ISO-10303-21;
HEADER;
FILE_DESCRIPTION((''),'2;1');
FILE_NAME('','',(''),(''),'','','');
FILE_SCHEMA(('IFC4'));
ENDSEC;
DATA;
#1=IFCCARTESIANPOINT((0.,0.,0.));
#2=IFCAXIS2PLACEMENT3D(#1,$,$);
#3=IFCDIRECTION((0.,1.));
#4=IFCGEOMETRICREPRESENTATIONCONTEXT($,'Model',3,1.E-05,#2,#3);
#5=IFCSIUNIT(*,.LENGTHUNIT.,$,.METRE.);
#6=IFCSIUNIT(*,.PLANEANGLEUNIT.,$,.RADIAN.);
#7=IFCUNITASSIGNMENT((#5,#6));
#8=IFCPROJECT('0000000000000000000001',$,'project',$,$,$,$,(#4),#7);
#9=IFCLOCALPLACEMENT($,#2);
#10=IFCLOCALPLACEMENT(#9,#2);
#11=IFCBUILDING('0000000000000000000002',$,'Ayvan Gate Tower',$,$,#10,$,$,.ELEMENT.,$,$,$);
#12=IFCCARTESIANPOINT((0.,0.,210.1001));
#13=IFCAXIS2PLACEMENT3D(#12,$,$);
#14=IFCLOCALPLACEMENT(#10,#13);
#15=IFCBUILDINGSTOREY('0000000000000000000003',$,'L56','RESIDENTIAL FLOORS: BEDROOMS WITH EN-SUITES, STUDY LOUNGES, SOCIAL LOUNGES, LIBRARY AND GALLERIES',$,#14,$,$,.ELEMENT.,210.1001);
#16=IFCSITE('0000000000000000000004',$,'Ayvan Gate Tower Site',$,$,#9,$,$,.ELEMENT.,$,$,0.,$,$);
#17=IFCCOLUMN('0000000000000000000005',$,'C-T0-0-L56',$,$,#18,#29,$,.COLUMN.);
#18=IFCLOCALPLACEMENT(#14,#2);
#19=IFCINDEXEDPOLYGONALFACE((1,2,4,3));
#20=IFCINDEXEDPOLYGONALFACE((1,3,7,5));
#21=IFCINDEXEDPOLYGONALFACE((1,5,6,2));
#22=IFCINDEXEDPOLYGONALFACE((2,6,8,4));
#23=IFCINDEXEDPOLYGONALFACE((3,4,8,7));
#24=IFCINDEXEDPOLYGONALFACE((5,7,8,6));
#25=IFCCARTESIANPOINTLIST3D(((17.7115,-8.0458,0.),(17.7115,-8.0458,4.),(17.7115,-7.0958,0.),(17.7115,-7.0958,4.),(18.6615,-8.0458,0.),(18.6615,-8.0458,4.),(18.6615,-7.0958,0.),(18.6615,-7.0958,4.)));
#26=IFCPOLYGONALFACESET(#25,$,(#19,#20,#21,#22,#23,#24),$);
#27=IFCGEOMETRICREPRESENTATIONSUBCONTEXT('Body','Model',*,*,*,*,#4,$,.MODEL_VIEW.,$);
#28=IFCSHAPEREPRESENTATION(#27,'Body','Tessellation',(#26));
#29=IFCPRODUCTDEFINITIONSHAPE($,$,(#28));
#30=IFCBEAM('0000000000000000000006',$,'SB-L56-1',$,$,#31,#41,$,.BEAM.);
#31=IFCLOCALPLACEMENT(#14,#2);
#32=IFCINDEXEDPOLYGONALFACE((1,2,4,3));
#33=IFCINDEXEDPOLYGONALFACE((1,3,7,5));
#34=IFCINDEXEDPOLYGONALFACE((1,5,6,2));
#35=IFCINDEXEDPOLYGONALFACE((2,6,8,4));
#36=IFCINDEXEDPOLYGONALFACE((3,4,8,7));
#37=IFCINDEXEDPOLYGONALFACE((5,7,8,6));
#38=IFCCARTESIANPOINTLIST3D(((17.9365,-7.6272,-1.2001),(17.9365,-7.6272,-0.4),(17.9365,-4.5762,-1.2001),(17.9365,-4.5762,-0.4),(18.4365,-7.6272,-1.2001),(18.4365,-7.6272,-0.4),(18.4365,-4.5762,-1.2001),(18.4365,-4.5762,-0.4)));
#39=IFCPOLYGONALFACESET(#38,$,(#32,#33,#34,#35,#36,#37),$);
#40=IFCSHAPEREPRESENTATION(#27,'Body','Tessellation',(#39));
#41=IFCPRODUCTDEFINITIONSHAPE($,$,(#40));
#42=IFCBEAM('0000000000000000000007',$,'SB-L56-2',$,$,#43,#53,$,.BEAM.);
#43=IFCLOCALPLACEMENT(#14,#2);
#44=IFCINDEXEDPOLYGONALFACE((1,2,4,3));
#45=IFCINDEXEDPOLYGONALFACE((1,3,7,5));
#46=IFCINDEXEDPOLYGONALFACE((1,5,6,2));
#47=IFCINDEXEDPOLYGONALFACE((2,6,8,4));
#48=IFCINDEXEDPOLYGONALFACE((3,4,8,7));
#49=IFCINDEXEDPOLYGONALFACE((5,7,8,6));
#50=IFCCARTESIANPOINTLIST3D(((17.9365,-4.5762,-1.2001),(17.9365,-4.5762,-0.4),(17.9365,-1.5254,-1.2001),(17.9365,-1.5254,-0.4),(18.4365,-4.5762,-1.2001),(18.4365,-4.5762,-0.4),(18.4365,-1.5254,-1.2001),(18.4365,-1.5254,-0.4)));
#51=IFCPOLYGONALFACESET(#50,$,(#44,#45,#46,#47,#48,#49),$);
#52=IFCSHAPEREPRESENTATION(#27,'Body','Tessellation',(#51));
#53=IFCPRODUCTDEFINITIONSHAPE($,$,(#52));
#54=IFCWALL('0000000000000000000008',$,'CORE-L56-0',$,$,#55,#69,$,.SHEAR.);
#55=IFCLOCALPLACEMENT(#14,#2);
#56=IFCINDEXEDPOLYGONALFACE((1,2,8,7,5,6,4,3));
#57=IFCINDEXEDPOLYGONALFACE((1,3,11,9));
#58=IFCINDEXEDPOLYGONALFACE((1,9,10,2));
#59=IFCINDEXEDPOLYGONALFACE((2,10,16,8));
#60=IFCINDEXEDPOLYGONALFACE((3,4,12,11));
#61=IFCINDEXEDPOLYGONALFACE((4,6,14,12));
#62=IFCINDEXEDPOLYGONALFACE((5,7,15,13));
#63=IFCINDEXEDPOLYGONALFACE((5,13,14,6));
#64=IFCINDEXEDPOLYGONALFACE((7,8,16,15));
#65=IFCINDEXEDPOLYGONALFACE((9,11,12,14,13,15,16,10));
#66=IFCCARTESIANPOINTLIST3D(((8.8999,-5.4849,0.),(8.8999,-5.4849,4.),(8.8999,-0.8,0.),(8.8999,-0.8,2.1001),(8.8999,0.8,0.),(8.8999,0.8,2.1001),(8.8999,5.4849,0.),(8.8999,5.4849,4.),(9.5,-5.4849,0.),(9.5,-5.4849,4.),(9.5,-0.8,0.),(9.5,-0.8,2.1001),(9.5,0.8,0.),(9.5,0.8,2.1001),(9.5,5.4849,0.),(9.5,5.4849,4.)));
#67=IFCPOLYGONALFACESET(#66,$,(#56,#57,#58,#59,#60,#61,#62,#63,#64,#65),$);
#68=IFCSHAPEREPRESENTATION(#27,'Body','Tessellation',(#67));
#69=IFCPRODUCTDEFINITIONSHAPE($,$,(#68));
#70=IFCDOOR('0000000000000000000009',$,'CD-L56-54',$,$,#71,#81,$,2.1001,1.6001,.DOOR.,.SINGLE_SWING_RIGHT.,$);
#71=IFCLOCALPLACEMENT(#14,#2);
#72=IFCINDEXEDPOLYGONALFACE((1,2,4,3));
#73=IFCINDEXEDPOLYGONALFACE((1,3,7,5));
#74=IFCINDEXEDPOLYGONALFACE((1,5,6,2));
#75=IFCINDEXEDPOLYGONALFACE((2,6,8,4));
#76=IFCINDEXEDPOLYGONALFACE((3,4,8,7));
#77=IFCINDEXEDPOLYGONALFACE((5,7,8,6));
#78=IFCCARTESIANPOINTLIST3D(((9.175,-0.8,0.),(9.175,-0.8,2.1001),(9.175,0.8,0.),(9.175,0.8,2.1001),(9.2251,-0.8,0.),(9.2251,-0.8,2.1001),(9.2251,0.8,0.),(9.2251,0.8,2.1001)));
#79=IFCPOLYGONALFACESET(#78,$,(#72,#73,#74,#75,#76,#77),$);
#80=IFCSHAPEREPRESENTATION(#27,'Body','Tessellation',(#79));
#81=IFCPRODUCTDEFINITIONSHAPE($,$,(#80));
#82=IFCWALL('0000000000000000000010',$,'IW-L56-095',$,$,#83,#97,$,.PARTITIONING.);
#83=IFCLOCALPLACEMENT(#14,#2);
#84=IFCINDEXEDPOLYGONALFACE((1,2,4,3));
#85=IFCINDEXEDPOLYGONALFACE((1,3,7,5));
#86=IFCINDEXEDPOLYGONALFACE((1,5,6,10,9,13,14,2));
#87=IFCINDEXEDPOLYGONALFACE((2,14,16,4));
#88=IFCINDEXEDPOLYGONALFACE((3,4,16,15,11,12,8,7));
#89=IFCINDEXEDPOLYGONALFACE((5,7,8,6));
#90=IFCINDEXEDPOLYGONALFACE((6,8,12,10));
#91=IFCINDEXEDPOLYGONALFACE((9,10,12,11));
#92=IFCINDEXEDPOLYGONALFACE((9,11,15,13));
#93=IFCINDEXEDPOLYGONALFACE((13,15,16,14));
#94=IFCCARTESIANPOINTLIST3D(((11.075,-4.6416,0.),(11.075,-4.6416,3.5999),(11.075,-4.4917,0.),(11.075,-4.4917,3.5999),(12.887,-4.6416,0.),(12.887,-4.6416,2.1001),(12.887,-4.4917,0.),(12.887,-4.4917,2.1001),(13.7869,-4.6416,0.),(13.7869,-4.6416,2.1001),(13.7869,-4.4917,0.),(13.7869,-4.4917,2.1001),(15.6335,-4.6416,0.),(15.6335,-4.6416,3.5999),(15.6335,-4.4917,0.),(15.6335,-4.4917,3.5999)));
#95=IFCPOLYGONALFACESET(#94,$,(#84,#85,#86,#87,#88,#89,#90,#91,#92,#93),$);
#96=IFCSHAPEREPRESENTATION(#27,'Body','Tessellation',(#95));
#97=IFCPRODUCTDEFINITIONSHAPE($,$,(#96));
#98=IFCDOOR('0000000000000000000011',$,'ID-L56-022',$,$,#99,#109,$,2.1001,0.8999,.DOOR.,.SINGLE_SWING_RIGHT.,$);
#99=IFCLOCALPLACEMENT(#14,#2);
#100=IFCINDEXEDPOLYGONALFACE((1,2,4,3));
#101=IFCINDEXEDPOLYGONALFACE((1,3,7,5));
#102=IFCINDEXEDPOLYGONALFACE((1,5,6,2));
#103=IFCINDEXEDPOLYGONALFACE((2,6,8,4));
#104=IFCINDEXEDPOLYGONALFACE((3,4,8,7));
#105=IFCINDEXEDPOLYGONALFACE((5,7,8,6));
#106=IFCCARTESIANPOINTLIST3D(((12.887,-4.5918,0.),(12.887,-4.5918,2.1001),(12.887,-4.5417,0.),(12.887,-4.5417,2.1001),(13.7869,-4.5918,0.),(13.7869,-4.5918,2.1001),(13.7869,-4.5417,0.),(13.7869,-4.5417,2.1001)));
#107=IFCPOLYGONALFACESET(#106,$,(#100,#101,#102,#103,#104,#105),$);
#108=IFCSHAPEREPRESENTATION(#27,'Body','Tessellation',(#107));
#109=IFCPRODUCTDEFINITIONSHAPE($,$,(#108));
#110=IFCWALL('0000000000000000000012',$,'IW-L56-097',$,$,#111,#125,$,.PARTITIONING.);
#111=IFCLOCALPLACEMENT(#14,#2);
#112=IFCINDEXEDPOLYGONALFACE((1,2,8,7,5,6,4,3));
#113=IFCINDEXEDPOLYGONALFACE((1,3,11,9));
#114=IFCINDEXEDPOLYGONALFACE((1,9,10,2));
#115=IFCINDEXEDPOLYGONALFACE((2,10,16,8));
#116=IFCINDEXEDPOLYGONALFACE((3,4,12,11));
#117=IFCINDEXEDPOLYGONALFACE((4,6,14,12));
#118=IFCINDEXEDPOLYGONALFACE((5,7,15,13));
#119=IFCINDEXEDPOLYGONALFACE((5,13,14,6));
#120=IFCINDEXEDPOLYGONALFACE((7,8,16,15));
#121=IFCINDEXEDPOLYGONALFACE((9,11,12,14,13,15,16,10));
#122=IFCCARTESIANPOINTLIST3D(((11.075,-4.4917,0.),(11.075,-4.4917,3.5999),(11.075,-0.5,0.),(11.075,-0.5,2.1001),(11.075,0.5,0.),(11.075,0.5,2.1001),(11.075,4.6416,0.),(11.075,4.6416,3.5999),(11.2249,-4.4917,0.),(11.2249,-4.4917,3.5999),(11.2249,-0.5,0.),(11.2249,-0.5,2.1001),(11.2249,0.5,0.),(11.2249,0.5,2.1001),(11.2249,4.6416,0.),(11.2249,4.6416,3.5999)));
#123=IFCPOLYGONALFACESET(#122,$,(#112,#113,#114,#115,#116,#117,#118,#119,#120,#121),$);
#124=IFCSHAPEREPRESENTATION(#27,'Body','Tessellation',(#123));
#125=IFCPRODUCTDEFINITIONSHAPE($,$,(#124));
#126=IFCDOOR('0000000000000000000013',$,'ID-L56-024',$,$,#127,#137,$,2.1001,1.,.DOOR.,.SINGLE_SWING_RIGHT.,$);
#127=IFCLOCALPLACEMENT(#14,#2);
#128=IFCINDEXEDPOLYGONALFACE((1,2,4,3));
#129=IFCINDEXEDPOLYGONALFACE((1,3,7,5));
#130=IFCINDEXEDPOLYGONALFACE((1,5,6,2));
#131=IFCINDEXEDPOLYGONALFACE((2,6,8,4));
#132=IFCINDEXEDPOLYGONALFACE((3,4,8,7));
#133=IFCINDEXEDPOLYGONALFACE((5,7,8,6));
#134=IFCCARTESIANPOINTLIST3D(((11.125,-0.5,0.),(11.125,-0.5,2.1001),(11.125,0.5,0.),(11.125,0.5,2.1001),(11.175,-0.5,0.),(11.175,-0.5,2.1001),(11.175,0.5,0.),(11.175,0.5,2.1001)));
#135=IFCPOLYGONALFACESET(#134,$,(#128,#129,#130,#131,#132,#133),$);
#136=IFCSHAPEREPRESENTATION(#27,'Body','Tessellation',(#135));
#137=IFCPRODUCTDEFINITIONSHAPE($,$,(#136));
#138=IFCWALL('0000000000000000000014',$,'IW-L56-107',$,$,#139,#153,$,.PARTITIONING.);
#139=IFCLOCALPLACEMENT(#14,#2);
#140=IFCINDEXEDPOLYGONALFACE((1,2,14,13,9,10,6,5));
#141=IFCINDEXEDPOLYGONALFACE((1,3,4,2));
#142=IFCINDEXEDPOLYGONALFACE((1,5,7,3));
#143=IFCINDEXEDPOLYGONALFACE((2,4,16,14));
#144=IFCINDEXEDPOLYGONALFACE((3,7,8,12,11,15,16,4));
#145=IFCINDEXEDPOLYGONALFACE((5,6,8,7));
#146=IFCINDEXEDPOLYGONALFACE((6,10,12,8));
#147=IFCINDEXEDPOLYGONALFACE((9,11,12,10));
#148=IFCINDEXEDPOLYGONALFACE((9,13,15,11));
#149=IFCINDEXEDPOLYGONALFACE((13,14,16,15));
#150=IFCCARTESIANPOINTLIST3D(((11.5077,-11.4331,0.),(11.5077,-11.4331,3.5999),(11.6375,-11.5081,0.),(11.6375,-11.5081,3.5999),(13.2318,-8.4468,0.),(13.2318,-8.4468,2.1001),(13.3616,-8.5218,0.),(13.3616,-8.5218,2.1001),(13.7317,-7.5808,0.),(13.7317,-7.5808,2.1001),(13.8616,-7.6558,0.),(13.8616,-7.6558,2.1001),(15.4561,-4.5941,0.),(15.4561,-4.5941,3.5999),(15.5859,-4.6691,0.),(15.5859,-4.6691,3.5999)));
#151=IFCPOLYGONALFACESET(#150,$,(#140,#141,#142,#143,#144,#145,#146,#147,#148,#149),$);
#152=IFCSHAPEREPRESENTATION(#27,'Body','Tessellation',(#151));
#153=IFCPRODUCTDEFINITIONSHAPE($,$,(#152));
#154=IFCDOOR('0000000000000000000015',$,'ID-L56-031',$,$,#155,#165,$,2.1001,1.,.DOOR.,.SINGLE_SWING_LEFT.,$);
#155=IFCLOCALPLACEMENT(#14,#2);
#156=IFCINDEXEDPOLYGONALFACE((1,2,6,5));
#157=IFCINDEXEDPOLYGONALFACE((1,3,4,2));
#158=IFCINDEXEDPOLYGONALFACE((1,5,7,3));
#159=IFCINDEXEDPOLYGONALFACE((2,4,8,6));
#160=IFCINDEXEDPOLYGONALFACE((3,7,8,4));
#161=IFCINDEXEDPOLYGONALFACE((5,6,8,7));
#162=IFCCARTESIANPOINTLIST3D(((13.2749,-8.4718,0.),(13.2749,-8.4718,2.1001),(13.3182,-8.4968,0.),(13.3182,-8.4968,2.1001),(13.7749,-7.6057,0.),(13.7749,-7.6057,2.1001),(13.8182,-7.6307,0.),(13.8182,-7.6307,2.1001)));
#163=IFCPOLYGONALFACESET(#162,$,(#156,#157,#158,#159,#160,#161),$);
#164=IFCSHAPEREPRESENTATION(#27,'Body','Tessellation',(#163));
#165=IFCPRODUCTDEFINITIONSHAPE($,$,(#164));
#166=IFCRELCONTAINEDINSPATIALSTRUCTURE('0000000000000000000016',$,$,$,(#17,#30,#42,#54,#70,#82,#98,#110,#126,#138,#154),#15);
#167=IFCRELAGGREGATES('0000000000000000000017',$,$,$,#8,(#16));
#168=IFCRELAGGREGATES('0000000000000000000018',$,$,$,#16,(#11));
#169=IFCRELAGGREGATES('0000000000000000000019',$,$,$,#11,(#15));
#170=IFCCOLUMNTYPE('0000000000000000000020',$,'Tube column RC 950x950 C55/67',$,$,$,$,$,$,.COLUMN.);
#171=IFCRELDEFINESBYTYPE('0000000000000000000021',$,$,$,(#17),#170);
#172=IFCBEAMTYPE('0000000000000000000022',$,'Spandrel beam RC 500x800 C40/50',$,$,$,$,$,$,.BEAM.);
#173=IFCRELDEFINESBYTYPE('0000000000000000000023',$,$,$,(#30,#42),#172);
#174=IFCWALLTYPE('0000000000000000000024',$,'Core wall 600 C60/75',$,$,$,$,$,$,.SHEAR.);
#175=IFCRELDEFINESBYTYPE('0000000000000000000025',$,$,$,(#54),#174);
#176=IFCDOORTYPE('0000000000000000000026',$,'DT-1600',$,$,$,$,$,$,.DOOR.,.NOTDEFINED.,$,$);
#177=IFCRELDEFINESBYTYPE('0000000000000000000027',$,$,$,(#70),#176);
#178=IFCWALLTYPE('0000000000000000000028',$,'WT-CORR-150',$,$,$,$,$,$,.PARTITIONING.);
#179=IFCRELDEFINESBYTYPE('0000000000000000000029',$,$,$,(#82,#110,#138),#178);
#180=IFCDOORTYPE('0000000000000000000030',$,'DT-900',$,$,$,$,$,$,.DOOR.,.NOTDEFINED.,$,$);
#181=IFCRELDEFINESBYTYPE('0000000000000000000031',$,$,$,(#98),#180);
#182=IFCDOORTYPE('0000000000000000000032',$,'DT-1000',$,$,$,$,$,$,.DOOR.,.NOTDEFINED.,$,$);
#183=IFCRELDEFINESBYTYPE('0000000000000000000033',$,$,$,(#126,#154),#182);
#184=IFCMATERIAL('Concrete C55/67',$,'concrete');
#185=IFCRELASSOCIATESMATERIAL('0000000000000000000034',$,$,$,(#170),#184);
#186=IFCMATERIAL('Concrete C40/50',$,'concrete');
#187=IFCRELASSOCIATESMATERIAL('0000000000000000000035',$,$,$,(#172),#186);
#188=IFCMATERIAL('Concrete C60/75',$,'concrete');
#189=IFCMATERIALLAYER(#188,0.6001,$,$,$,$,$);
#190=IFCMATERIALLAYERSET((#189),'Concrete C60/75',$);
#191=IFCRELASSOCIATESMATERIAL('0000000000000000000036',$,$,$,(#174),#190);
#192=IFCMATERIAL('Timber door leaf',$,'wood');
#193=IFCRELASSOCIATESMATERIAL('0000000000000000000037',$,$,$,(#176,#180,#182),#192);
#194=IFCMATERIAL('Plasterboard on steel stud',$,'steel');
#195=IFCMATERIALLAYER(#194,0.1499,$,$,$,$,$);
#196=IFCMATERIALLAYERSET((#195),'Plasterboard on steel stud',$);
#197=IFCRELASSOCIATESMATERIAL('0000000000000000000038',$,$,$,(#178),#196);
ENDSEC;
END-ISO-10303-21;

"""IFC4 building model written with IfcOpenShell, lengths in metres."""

from ifc_helpers import new_model, si_unit, direction, frame, frame_2d, origin, origin_2d, place, context, subcontext, project, spatial, rectangle, extrude, material, layer, layer_set, material_profile, profile_set, type_object, element, fill, save


model = new_model("IFC4")

# Units and contexts
model_context = context("Model", 3, precision=1e-05, world=origin(), true_north=direction((0.0, 1.0)))
body_context = subcontext(model_context, "Body", "Model", "MODEL_VIEW")
ifc_project = project(units=[si_unit("LENGTHUNIT", "METRE"), si_unit("PLANEANGLEUNIT", "RADIAN")], contexts=[model_context])

# Site, building, storey
site_placement = place(None, origin())
site = spatial("IfcSite", under=ifc_project, at=site_placement, Name="Ayvan Gate Tower Site", CompositionType="ELEMENT", RefElevation=0.0)
building_placement = place(site_placement, origin())
building = spatial("IfcBuilding", under=site, at=building_placement, Name="Ayvan Gate Tower", CompositionType="ELEMENT")
storey_placement = place(building_placement, frame((0.0, 0.0, 210.1001)))
storey = spatial("IfcBuildingStorey", under=building, at=storey_placement, Name="L56", Description="RESIDENTIAL FLOORS: BEDROOMS WITH EN-SUITES, STUDY LOUNGES, SOCIAL LOUNGES, LIBRARY AND GALLERIES", CompositionType="ELEMENT", Elevation=210.1001)

# Column
ifc_material_1 = material(Name="Concrete C55/67", Category="concrete")
ifc_material_profile_1 = material_profile(ifc_material_1, rectangle(XDim=0.95, YDim=0.95, at=origin_2d()), Name="RC 950x950")
ifc_profile_set_1 = profile_set([ifc_material_profile_1], Name="Concrete C55/67")
column_type = type_object("IfcColumnType", Name="Tube column RC 950x950 C55/67", PredefinedType="COLUMN", material=ifc_profile_set_1)
column_placement = place(storey_placement, frame((18.1865, -7.5708, 0.0), z_axis=(0.0, 0.0, 1.0), x_axis=(1.0, 0.0, 0.0)))
element("IfcColumn", 1, at=column_placement, inside=storey, type_object=column_type, Name="C-T0-0-L56", PredefinedType="COLUMN", context=body_context, shape_type="SweptSolid", body=[
    extrude(rectangle(XDim=0.95, YDim=0.95, at=origin_2d()), origin(), (0.0, 0.0, 1.0), 4.0),
])

# Beams
ifc_material_2 = material(Name="Concrete C40/50", Category="concrete")
ifc_material_profile_2 = material_profile(ifc_material_2, rectangle(XDim=0.5, YDim=0.8, at=origin_2d()), Name="RC 500x800")
ifc_profile_set_2 = profile_set([ifc_material_profile_2], Name="Concrete C40/50")
beam_type = type_object("IfcBeamType", Name="Spandrel beam RC 500x800 C40/50", PredefinedType="BEAM", material=ifc_profile_set_2)
beam_1_placement = place(storey_placement, frame((18.1865, -7.6272, -0.8), z_axis=(0.0, 1.0, 0.0), x_axis=(-1.0, 0.0, 0.0)))
element("IfcBeam", 2, at=beam_1_placement, inside=storey, type_object=beam_type, Name="SB-L56-1", PredefinedType="BEAM", context=body_context, shape_type="SweptSolid", body=[
    extrude(rectangle(XDim=0.5, YDim=0.8, at=origin_2d()), origin(), (0.0, 0.0, 1.0), 3.051),
])
beam_2_placement = place(storey_placement, frame((18.1865, -4.5762, -0.8), z_axis=(0.0, 1.0, 0.0), x_axis=(-1.0, 0.0, 0.0)))
element("IfcBeam", 3, at=beam_2_placement, inside=storey, type_object=beam_type, Name="SB-L56-2", PredefinedType="BEAM", context=body_context, shape_type="SweptSolid", body=[
    extrude(rectangle(XDim=0.5, YDim=0.8, at=origin_2d()), origin(), (0.0, 0.0, 1.0), 3.0508),
])

# Walls, openings, doors
ifc_material_3 = material(Name="Concrete C60/75", Category="concrete")
ifc_layer_1 = layer(ifc_material_3, 0.6001)
ifc_layer_set_1 = layer_set([ifc_layer_1], Name="Concrete C60/75")
wall_type_1 = type_object("IfcWallType", Name="Core wall 600 C60/75", PredefinedType="SHEAR", material=ifc_layer_set_1)
wall_1_placement = place(storey_placement, frame((9.2, -5.4849, 0.0), z_axis=(0.0, 0.0, 1.0), x_axis=(0.0, 1.0, 0.0)))
wall_1 = element("IfcWall", 4, at=wall_1_placement, inside=storey, type_object=wall_type_1, Name="CORE-L56-0", PredefinedType="SHEAR", context=body_context, shape_type="SweptSolid", body=[
    extrude(rectangle(XDim=10.9697, YDim=0.6001, at=frame_2d((5.4849, 0.0))), origin(), (0.0, 0.0, 1.0), 4.0),
])
opening_1_placement = place(wall_1_placement, frame((4.6848, 0.0, 0.0)))
opening_1 = element("IfcOpeningElement", 5, at=opening_1_placement, cuts=wall_1, PredefinedType="OPENING", context=body_context, shape_type="SweptSolid", body=[
    extrude(rectangle(XDim=1.6001, YDim=2.1001, at=frame_2d((0.8, 1.05))), frame((0.0, 0.3101, 0.0), z_axis=(0.0, -1.0, 0.0), x_axis=(1.0, 0.0, 0.0)), (0.0, 0.0, 1.0), 0.6201),
])
ifc_material_4 = material(Name="Timber door leaf", Category="wood")
door_type_1 = type_object("IfcDoorType", Name="DT-1600", OperationType="NOTDEFINED", PredefinedType="DOOR", material=ifc_material_4)
door_1_placement = place(opening_1_placement, origin())
door_1 = element("IfcDoor", 6, at=door_1_placement, inside=storey, type_object=door_type_1, Name="CD-L56-54", OperationType="SINGLE_SWING_RIGHT", OverallHeight=2.1001, OverallWidth=1.6001, PredefinedType="DOOR", context=body_context, shape_type="SweptSolid", body=[
    extrude(rectangle(XDim=1.6001, YDim=2.1001, at=frame_2d((0.8, 1.05))), frame((0.0, 0.0249, 0.0), z_axis=(0.0, -1.0, 0.0), x_axis=(1.0, 0.0, 0.0)), (0.0, 0.0, 1.0), 0.05),
])
fill(opening_1, door_1)
ifc_material_5 = material(Name="Plasterboard on steel stud", Category="steel")
ifc_layer_2 = layer(ifc_material_5, 0.1499)
ifc_layer_set_2 = layer_set([ifc_layer_2], Name="Plasterboard on steel stud")
wall_type_2 = type_object("IfcWallType", Name="WT-CORR-150", PredefinedType="PARTITIONING", material=ifc_layer_set_2)
wall_2_placement = place(storey_placement, frame((11.075, -4.5667, 0.0), z_axis=(0.0, 0.0, 1.0), x_axis=(1.0, 0.0, 0.0)))
wall_2 = element("IfcWall", 7, at=wall_2_placement, inside=storey, type_object=wall_type_2, Name="IW-L56-095", PredefinedType="PARTITIONING", context=body_context, shape_type="SweptSolid", body=[
    extrude(rectangle(XDim=4.5586, YDim=0.1499, at=frame_2d((2.2793, 0.0))), origin(), (0.0, 0.0, 1.0), 3.5999),
])
opening_2_placement = place(wall_2_placement, frame((1.812, 0.0, 0.0)))
opening_2 = element("IfcOpeningElement", 8, at=opening_2_placement, cuts=wall_2, PredefinedType="OPENING", context=body_context, shape_type="SweptSolid", body=[
    extrude(rectangle(XDim=0.8999, YDim=2.1001, at=frame_2d((0.45, 1.05))), frame((0.0, 0.085, 0.0), z_axis=(0.0, -1.0, 0.0), x_axis=(1.0, 0.0, 0.0)), (0.0, 0.0, 1.0), 0.1699),
])
door_type_2 = type_object("IfcDoorType", Name="DT-900", OperationType="NOTDEFINED", PredefinedType="DOOR", material=ifc_material_4)
door_2_placement = place(opening_2_placement, origin())
door_2 = element("IfcDoor", 9, at=door_2_placement, inside=storey, type_object=door_type_2, Name="ID-L56-022", OperationType="SINGLE_SWING_RIGHT", OverallHeight=2.1001, OverallWidth=0.8999, PredefinedType="DOOR", context=body_context, shape_type="SweptSolid", body=[
    extrude(rectangle(XDim=0.8999, YDim=2.1001, at=frame_2d((0.45, 1.05))), frame((0.0, 0.0249, 0.0), z_axis=(0.0, -1.0, 0.0), x_axis=(1.0, 0.0, 0.0)), (0.0, 0.0, 1.0), 0.05),
])
fill(opening_2, door_2)
wall_3_placement = place(storey_placement, frame((11.1499, -4.4917, 0.0), z_axis=(0.0, 0.0, 1.0), x_axis=(0.0, 1.0, 0.0)))
wall_3 = element("IfcWall", 10, at=wall_3_placement, inside=storey, type_object=wall_type_2, Name="IW-L56-097", PredefinedType="PARTITIONING", context=body_context, shape_type="SweptSolid", body=[
    extrude(rectangle(XDim=9.1333, YDim=0.1499, at=frame_2d((4.5667, 0.0))), origin(), (0.0, 0.0, 1.0), 3.5999),
])
opening_3_placement = place(wall_3_placement, frame((3.9917, 0.0, 0.0)))
opening_3 = element("IfcOpeningElement", 11, at=opening_3_placement, cuts=wall_3, PredefinedType="OPENING", context=body_context, shape_type="SweptSolid", body=[
    extrude(rectangle(XDim=1.0, YDim=2.1001, at=frame_2d((0.5, 1.05))), frame((0.0, 0.085, 0.0), z_axis=(0.0, -1.0, 0.0), x_axis=(1.0, 0.0, 0.0)), (0.0, 0.0, 1.0), 0.1699),
])
door_type_3 = type_object("IfcDoorType", Name="DT-1000", OperationType="NOTDEFINED", PredefinedType="DOOR", material=ifc_material_4)
door_3_placement = place(opening_3_placement, origin())
door_3 = element("IfcDoor", 12, at=door_3_placement, inside=storey, type_object=door_type_3, Name="ID-L56-024", OperationType="SINGLE_SWING_RIGHT", OverallHeight=2.1001, OverallWidth=1.0, PredefinedType="DOOR", context=body_context, shape_type="SweptSolid", body=[
    extrude(rectangle(XDim=1.0, YDim=2.1001, at=frame_2d((0.5, 1.05))), frame((0.0, 0.0249, 0.0), z_axis=(0.0, -1.0, 0.0), x_axis=(1.0, 0.0, 0.0)), (0.0, 0.0, 1.0), 0.05),
])
fill(opening_3, door_3)
wall_4_placement = place(storey_placement, frame((15.521, -4.6316, 0.0), z_axis=(0.0, 0.0, 1.0), x_axis=(-0.499993, -0.86603, 0.0)))
wall_4 = element("IfcWall", 13, at=wall_4_placement, inside=storey, type_object=wall_type_2, Name="IW-L56-107", PredefinedType="PARTITIONING", context=body_context, shape_type="SweptSolid", body=[
    extrude(rectangle(XDim=7.897, YDim=0.1499, at=frame_2d((3.9485, 0.0))), origin(), (0.0, 0.0, 1.0), 3.5999),
])
opening_4_placement = place(wall_4_placement, frame((3.4487, 0.0, 0.0)))
opening_4 = element("IfcOpeningElement", 14, at=opening_4_placement, cuts=wall_4, PredefinedType="OPENING", context=body_context, shape_type="SweptSolid", body=[
    extrude(rectangle(XDim=1.0, YDim=2.1001, at=frame_2d((0.5, 1.05))), frame((0.0, 0.085, 0.0), z_axis=(0.0, -1.0, 0.0), x_axis=(1.0, 0.0, 0.0)), (0.0, 0.0, 1.0), 0.1699),
])
door_4_placement = place(opening_4_placement, origin())
door_4 = element("IfcDoor", 15, at=door_4_placement, inside=storey, type_object=door_type_3, Name="ID-L56-031", OperationType="SINGLE_SWING_LEFT", OverallHeight=2.1001, OverallWidth=1.0, PredefinedType="DOOR", context=body_context, shape_type="SweptSolid", body=[
    extrude(rectangle(XDim=1.0, YDim=2.1001, at=frame_2d((0.5, 1.05))), frame((0.0, 0.0249, 0.0), z_axis=(0.0, -1.0, 0.0), x_axis=(1.0, 0.0, 0.0)), (0.0, 0.0, 1.0), 0.05),
])
fill(opening_4, door_4)

save(model, "model.ifc")
